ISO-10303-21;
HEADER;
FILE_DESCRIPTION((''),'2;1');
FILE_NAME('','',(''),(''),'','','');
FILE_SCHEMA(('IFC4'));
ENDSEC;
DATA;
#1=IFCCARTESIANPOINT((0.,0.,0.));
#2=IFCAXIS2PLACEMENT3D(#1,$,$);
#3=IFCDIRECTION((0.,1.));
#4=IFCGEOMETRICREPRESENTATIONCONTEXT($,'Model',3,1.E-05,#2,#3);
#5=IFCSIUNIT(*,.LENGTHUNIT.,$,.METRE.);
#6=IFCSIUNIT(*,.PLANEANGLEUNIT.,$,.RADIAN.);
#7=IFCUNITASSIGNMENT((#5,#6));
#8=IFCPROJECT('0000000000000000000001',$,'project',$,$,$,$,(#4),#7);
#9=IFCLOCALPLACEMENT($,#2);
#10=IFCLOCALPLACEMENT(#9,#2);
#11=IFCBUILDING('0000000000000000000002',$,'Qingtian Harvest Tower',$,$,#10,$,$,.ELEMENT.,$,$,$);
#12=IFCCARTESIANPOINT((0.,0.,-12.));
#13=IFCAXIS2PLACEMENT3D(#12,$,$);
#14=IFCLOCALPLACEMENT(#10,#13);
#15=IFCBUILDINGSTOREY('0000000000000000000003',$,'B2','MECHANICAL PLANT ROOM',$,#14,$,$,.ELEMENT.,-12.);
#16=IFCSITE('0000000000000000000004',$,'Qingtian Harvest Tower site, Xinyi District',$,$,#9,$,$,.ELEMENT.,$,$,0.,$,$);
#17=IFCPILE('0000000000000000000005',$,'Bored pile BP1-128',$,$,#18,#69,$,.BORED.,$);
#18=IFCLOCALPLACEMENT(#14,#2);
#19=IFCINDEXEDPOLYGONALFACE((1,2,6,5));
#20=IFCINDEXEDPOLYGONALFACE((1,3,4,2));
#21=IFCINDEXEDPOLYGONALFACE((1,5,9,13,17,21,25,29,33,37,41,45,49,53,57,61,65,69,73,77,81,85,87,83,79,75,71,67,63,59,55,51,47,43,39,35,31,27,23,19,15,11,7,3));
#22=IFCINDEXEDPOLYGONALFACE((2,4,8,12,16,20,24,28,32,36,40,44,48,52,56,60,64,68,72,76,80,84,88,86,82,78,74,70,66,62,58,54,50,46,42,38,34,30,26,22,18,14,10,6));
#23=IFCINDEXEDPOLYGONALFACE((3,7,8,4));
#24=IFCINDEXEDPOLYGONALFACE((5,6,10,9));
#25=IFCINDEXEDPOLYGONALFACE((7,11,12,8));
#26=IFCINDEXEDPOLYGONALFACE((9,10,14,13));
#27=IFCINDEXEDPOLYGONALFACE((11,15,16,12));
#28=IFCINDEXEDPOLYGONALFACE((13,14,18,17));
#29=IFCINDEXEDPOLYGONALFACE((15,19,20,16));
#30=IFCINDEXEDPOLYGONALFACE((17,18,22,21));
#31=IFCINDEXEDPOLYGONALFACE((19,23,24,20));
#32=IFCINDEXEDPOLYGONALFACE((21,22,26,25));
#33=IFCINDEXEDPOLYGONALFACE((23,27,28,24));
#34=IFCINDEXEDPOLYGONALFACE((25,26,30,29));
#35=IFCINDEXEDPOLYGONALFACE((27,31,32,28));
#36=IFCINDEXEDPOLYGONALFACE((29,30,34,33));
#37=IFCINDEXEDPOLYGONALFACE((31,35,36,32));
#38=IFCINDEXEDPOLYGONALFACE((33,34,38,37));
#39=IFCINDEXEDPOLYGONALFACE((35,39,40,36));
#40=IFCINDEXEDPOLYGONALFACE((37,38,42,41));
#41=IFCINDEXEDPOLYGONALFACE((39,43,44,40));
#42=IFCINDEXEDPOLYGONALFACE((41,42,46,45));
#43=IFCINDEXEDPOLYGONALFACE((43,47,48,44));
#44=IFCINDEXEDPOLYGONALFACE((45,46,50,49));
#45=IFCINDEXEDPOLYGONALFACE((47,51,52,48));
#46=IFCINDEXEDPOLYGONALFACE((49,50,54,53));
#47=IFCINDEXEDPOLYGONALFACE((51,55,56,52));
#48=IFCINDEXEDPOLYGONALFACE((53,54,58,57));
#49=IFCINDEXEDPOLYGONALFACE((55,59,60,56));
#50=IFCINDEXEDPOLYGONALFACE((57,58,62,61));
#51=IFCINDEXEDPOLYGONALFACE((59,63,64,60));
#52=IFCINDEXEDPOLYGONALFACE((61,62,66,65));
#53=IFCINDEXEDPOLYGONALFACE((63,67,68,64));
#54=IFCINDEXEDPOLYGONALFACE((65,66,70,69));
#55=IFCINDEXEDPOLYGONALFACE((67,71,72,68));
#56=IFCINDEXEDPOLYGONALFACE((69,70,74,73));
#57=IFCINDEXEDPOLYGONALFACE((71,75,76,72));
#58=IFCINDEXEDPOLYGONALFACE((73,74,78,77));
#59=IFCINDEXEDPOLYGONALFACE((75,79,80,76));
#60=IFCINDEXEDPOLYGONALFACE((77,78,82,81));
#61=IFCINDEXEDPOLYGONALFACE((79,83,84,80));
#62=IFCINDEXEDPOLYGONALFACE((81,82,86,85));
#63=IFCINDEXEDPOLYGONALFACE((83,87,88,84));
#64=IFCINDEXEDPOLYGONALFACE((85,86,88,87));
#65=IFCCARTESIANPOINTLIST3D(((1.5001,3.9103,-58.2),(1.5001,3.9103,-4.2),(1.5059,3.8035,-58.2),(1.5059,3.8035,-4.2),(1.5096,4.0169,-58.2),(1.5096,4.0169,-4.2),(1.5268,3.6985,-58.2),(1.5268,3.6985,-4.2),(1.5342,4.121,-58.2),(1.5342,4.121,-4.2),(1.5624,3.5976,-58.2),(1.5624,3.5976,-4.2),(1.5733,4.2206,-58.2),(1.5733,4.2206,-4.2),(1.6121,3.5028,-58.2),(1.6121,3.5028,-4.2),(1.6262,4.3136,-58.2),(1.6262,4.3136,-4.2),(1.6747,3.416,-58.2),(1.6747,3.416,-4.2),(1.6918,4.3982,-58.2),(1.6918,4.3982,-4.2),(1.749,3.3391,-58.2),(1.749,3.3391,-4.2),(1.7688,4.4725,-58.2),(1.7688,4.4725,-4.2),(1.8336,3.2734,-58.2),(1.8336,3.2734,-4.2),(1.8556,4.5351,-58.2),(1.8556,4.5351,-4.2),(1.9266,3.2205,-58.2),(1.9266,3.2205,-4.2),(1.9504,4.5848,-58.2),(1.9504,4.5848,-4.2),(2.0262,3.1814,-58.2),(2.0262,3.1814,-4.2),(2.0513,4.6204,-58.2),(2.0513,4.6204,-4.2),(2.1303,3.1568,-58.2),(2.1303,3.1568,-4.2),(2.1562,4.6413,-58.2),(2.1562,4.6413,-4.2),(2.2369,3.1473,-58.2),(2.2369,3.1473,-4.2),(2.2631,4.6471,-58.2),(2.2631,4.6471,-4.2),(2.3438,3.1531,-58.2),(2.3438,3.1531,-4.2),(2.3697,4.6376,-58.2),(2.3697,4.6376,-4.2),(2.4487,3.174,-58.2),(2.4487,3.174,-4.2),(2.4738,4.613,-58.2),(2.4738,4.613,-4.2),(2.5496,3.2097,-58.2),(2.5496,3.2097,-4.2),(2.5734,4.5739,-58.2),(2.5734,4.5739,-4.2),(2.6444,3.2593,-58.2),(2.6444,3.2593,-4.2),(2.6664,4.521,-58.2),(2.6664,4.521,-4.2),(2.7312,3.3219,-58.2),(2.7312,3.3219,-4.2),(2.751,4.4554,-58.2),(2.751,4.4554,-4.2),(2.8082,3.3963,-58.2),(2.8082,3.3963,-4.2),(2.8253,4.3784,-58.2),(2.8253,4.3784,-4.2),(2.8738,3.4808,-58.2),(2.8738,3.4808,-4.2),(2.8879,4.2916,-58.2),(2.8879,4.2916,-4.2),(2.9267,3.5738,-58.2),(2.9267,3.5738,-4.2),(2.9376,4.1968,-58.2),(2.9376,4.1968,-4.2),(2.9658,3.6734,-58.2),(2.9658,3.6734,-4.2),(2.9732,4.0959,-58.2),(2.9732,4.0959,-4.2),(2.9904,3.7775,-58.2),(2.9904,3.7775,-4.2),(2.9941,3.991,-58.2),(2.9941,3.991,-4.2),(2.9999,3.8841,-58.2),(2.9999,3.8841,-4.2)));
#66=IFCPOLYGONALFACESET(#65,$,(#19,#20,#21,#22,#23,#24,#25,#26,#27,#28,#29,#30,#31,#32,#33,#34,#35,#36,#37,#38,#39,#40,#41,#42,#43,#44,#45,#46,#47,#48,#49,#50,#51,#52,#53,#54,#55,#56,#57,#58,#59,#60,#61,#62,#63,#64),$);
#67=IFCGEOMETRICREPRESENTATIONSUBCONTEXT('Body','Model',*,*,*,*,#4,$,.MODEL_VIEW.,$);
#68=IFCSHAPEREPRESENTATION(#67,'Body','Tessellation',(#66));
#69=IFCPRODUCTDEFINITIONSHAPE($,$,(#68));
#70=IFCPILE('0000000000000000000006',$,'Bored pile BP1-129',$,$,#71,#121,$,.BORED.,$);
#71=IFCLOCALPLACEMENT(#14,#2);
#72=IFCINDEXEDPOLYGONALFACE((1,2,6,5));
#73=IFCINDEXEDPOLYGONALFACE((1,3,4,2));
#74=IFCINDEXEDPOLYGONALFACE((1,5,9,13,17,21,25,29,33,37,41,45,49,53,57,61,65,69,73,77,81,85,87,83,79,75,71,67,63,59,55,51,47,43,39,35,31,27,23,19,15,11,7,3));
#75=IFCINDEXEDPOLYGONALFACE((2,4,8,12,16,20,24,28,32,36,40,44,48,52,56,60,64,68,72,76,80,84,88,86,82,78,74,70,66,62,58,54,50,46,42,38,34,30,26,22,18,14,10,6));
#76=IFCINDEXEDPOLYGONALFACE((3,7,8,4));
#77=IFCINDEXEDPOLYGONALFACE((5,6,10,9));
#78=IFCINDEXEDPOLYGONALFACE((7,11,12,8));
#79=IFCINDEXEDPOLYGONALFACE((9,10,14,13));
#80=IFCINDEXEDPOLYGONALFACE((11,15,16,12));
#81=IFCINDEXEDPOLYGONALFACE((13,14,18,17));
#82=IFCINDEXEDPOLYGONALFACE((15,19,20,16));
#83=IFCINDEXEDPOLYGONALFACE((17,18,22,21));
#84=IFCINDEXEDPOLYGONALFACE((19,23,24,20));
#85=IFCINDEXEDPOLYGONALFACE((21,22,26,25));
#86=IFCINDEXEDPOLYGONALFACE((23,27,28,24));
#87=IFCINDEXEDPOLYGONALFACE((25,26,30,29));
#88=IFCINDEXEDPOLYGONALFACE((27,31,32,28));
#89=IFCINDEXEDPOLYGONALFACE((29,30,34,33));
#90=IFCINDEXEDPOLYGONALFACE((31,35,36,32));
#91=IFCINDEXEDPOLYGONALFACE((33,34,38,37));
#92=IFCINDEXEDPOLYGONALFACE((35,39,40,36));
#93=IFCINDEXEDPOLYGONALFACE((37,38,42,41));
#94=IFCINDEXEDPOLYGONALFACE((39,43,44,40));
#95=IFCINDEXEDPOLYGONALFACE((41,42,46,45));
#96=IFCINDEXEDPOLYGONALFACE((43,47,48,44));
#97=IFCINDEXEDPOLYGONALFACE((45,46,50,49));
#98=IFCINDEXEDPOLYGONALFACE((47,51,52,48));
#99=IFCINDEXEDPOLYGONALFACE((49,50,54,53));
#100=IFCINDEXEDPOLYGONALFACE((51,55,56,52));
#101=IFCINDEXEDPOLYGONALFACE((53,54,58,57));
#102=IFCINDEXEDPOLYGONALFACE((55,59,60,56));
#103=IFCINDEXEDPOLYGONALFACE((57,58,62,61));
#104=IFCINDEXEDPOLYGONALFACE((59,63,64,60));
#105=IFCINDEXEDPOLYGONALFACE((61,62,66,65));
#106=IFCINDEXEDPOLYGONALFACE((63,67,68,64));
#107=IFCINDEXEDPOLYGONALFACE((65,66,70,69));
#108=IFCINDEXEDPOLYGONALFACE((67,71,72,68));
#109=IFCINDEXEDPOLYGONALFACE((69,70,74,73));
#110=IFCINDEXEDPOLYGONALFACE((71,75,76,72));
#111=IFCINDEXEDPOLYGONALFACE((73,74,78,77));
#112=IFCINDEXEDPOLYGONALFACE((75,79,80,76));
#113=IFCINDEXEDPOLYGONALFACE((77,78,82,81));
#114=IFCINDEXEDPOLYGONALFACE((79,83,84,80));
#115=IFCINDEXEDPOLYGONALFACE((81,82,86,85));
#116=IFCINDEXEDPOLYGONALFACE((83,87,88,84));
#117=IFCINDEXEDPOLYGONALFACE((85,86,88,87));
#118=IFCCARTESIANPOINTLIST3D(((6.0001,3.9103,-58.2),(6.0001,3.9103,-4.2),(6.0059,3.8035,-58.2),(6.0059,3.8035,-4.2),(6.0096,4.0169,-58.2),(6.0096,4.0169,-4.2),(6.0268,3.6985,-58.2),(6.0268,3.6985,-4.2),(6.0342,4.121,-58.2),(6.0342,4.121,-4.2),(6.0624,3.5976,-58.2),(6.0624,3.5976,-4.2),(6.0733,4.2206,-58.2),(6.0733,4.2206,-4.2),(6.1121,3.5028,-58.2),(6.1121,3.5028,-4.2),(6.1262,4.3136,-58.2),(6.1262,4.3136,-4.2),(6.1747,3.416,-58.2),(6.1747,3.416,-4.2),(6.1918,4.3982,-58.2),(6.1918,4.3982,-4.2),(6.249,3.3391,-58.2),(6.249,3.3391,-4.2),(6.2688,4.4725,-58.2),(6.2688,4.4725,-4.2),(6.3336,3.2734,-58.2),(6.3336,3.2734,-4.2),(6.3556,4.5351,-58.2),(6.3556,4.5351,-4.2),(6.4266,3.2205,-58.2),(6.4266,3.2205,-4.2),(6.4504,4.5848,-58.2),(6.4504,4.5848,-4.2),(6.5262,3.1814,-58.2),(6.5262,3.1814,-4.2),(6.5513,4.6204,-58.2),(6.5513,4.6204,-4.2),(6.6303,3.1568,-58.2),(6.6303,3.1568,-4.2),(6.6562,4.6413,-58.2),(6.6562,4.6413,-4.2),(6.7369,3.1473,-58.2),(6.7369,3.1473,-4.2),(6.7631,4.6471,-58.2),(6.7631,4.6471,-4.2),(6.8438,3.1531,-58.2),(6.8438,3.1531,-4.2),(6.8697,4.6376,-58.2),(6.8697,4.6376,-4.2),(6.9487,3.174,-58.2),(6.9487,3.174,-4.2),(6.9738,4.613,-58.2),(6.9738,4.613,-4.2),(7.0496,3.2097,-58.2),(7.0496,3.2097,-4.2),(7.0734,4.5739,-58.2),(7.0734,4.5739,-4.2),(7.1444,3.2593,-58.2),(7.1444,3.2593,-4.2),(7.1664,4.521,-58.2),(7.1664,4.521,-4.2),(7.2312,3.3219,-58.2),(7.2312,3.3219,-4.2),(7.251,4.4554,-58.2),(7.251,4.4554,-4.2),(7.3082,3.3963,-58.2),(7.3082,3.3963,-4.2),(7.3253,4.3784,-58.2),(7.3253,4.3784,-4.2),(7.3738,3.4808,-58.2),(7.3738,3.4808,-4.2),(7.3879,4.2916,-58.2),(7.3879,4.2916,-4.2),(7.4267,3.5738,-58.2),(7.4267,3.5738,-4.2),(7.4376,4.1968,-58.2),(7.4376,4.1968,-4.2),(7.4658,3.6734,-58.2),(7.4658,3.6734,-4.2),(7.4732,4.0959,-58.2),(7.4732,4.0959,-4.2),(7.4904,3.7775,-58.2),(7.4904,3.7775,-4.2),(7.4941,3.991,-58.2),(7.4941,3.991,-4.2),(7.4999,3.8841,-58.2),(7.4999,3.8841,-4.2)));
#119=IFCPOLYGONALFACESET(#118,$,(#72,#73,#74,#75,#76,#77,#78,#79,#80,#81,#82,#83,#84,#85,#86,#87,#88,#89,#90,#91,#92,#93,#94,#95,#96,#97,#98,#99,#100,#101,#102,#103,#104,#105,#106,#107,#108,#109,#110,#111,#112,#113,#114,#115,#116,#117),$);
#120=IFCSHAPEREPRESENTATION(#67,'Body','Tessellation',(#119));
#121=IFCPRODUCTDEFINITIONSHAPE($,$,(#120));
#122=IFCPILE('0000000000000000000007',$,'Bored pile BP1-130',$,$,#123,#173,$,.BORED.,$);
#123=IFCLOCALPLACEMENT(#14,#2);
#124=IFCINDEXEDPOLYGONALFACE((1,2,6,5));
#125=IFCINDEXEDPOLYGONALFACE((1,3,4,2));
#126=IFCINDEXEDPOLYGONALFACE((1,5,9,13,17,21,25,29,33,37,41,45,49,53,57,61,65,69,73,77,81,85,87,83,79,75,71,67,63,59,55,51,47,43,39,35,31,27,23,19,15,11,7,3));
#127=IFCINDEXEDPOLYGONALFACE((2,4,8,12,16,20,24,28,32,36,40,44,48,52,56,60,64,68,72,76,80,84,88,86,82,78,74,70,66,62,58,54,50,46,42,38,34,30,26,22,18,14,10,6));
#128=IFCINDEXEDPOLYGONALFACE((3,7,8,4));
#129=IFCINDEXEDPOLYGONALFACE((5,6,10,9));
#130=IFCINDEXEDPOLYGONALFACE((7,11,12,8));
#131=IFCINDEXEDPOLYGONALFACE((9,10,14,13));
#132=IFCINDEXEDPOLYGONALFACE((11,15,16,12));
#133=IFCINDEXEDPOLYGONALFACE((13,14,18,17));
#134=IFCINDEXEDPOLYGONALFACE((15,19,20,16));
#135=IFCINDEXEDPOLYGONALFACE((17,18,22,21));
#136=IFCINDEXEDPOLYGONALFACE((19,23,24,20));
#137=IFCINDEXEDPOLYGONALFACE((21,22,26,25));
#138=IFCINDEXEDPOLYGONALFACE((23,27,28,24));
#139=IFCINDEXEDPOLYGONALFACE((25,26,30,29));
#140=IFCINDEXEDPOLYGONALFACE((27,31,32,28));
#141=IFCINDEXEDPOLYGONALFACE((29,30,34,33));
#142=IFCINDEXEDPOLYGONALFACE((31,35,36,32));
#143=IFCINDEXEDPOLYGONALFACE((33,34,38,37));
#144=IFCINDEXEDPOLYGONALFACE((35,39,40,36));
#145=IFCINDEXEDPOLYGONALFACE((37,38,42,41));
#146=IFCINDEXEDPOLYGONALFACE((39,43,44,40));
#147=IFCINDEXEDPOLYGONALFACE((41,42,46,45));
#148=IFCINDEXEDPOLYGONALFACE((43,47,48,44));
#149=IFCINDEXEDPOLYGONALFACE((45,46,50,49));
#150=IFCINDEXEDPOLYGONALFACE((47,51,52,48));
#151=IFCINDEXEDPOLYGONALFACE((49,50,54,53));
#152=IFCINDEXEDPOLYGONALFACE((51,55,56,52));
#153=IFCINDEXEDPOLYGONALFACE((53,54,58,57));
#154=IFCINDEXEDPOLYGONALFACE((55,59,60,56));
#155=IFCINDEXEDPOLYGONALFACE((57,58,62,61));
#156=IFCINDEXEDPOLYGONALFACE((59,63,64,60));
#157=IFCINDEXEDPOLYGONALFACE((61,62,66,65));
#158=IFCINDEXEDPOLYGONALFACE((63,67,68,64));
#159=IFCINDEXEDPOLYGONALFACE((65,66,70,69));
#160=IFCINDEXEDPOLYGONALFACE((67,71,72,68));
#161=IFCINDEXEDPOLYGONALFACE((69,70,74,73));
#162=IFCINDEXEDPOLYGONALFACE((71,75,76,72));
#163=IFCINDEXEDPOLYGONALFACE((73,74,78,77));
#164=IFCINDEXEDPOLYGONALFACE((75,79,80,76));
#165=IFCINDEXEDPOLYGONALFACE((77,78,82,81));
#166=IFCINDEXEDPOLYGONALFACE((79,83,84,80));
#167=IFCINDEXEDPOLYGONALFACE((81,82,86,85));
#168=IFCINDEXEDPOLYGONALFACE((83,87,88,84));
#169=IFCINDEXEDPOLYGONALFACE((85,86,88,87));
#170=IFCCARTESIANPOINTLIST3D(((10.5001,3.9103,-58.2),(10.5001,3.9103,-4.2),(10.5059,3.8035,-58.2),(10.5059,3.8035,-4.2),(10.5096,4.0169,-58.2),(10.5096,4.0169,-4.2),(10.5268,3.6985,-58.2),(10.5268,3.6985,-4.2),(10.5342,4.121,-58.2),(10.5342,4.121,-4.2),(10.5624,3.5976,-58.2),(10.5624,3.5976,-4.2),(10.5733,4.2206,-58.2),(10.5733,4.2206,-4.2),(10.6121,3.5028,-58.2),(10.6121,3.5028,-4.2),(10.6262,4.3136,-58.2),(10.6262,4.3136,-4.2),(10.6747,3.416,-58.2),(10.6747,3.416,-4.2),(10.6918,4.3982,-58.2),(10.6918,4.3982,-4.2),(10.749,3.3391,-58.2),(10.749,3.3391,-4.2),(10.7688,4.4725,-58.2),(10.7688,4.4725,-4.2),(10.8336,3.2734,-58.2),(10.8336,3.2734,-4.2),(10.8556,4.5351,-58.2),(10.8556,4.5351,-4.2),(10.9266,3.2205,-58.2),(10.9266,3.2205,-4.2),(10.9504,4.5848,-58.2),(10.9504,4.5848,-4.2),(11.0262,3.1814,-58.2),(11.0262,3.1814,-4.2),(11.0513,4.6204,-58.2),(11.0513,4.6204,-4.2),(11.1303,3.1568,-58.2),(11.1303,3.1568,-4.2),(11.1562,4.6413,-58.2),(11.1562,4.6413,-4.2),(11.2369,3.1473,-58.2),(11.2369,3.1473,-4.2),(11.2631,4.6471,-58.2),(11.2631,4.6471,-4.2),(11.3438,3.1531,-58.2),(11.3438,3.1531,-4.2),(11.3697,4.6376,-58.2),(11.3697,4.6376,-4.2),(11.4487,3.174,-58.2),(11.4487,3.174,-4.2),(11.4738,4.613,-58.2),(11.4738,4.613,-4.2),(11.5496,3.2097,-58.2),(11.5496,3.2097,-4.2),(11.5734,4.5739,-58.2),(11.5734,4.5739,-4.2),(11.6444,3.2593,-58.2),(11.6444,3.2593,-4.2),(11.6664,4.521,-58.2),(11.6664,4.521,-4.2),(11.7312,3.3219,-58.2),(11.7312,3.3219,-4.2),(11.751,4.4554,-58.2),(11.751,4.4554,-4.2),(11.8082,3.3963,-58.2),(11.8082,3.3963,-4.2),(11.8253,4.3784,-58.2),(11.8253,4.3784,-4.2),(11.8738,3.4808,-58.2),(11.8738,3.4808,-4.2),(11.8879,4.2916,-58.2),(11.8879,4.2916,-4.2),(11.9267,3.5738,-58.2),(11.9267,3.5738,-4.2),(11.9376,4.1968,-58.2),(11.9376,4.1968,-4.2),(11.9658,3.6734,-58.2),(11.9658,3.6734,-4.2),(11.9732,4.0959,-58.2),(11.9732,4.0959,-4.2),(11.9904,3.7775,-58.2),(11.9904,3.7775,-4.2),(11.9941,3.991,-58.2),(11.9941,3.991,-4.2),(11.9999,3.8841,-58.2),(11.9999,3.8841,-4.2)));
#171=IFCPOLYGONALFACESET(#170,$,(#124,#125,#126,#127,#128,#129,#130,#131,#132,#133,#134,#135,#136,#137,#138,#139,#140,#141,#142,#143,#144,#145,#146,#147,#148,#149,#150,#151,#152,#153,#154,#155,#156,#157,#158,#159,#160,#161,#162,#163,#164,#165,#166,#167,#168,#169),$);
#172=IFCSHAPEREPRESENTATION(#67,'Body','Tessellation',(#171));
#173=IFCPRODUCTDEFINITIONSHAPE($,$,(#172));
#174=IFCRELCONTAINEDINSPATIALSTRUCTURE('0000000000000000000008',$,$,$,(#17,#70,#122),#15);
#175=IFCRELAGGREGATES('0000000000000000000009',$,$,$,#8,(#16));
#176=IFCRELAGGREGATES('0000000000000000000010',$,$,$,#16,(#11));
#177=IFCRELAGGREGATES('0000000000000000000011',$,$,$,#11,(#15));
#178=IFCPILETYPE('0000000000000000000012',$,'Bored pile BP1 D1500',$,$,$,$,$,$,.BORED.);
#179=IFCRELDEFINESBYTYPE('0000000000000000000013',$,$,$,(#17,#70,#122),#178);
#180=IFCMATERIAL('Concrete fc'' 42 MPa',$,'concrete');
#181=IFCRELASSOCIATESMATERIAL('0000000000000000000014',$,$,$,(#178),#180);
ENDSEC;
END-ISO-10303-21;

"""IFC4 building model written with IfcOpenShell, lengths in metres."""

from ifc_helpers import new_model, si_unit, direction, frame, frame_2d, origin, place, context, subcontext, project, spatial, circle, extrude, material, material_profile, profile_set, type_object, element, save


model = new_model("IFC4")

# Units and contexts
model_context = context("Model", 3, precision=1e-05, world=origin(), true_north=direction((0.0, 1.0)))
body_context = subcontext(model_context, "Body", "Model", "MODEL_VIEW")
ifc_project = project(units=[si_unit("LENGTHUNIT", "METRE"), si_unit("PLANEANGLEUNIT", "RADIAN")], contexts=[model_context])

# Site, building, storey
site_placement = place(None, origin())
site = spatial("IfcSite", under=ifc_project, at=site_placement, Name="Qingtian Harvest Tower site, Xinyi District", CompositionType="ELEMENT", RefElevation=0.0)
building_placement = place(site_placement, origin())
building = spatial("IfcBuilding", under=site, at=building_placement, Name="Qingtian Harvest Tower", CompositionType="ELEMENT")
storey_placement = place(building_placement, frame((0.0, 0.0, -12.0)))
storey = spatial("IfcBuildingStorey", under=building, at=storey_placement, Name="B2", Description="MECHANICAL PLANT ROOM", CompositionType="ELEMENT", Elevation=-12.0)

# Piles
ifc_material_1 = material(Name="Concrete fc' 42 MPa", Category="concrete")
ifc_material_profile = material_profile(ifc_material_1, circle(Radius=0.75, at=frame_2d((0.0, 0.0), x_axis=(0.999848, 0.017452))), Name="Bored pile BP1 D1500")
ifc_profile_set = profile_set([ifc_material_profile], Name="Concrete fc' 42 MPa")
pile_type = type_object("IfcPileType", Name="Bored pile BP1 D1500", PredefinedType="BORED", material=ifc_profile_set)
for number, where, z_axis, x_axis, name in (
    (1, (2.25, 3.8972, -4.2), (0.0, 0.0, -1.0), (1.0, 0.0, 0.0), "Bored pile BP1-128"),
    (2, (6.75, 3.8972, -4.2), (0.0, 0.0, -1.0), (1.0, 0.0, 0.0), "Bored pile BP1-129"),
    (3, (11.25, 3.8972, -4.2), (0.0, 0.0, -1.0), (1.0, 0.0, 0.0), "Bored pile BP1-130"),
):
    element("IfcPile", number, at=place(storey_placement, frame(where, z_axis=z_axis, x_axis=x_axis)), inside=storey, type_object=pile_type, Name=name, PredefinedType="BORED", context=body_context, shape_type="SweptSolid", body=[
        extrude(circle(Radius=0.75, at=frame_2d((0.0, 0.0), x_axis=(0.999848, 0.017452))), origin(), (0.0, 0.0, 1.0), 54.0),
    ])

save(model, "model.ifc")
